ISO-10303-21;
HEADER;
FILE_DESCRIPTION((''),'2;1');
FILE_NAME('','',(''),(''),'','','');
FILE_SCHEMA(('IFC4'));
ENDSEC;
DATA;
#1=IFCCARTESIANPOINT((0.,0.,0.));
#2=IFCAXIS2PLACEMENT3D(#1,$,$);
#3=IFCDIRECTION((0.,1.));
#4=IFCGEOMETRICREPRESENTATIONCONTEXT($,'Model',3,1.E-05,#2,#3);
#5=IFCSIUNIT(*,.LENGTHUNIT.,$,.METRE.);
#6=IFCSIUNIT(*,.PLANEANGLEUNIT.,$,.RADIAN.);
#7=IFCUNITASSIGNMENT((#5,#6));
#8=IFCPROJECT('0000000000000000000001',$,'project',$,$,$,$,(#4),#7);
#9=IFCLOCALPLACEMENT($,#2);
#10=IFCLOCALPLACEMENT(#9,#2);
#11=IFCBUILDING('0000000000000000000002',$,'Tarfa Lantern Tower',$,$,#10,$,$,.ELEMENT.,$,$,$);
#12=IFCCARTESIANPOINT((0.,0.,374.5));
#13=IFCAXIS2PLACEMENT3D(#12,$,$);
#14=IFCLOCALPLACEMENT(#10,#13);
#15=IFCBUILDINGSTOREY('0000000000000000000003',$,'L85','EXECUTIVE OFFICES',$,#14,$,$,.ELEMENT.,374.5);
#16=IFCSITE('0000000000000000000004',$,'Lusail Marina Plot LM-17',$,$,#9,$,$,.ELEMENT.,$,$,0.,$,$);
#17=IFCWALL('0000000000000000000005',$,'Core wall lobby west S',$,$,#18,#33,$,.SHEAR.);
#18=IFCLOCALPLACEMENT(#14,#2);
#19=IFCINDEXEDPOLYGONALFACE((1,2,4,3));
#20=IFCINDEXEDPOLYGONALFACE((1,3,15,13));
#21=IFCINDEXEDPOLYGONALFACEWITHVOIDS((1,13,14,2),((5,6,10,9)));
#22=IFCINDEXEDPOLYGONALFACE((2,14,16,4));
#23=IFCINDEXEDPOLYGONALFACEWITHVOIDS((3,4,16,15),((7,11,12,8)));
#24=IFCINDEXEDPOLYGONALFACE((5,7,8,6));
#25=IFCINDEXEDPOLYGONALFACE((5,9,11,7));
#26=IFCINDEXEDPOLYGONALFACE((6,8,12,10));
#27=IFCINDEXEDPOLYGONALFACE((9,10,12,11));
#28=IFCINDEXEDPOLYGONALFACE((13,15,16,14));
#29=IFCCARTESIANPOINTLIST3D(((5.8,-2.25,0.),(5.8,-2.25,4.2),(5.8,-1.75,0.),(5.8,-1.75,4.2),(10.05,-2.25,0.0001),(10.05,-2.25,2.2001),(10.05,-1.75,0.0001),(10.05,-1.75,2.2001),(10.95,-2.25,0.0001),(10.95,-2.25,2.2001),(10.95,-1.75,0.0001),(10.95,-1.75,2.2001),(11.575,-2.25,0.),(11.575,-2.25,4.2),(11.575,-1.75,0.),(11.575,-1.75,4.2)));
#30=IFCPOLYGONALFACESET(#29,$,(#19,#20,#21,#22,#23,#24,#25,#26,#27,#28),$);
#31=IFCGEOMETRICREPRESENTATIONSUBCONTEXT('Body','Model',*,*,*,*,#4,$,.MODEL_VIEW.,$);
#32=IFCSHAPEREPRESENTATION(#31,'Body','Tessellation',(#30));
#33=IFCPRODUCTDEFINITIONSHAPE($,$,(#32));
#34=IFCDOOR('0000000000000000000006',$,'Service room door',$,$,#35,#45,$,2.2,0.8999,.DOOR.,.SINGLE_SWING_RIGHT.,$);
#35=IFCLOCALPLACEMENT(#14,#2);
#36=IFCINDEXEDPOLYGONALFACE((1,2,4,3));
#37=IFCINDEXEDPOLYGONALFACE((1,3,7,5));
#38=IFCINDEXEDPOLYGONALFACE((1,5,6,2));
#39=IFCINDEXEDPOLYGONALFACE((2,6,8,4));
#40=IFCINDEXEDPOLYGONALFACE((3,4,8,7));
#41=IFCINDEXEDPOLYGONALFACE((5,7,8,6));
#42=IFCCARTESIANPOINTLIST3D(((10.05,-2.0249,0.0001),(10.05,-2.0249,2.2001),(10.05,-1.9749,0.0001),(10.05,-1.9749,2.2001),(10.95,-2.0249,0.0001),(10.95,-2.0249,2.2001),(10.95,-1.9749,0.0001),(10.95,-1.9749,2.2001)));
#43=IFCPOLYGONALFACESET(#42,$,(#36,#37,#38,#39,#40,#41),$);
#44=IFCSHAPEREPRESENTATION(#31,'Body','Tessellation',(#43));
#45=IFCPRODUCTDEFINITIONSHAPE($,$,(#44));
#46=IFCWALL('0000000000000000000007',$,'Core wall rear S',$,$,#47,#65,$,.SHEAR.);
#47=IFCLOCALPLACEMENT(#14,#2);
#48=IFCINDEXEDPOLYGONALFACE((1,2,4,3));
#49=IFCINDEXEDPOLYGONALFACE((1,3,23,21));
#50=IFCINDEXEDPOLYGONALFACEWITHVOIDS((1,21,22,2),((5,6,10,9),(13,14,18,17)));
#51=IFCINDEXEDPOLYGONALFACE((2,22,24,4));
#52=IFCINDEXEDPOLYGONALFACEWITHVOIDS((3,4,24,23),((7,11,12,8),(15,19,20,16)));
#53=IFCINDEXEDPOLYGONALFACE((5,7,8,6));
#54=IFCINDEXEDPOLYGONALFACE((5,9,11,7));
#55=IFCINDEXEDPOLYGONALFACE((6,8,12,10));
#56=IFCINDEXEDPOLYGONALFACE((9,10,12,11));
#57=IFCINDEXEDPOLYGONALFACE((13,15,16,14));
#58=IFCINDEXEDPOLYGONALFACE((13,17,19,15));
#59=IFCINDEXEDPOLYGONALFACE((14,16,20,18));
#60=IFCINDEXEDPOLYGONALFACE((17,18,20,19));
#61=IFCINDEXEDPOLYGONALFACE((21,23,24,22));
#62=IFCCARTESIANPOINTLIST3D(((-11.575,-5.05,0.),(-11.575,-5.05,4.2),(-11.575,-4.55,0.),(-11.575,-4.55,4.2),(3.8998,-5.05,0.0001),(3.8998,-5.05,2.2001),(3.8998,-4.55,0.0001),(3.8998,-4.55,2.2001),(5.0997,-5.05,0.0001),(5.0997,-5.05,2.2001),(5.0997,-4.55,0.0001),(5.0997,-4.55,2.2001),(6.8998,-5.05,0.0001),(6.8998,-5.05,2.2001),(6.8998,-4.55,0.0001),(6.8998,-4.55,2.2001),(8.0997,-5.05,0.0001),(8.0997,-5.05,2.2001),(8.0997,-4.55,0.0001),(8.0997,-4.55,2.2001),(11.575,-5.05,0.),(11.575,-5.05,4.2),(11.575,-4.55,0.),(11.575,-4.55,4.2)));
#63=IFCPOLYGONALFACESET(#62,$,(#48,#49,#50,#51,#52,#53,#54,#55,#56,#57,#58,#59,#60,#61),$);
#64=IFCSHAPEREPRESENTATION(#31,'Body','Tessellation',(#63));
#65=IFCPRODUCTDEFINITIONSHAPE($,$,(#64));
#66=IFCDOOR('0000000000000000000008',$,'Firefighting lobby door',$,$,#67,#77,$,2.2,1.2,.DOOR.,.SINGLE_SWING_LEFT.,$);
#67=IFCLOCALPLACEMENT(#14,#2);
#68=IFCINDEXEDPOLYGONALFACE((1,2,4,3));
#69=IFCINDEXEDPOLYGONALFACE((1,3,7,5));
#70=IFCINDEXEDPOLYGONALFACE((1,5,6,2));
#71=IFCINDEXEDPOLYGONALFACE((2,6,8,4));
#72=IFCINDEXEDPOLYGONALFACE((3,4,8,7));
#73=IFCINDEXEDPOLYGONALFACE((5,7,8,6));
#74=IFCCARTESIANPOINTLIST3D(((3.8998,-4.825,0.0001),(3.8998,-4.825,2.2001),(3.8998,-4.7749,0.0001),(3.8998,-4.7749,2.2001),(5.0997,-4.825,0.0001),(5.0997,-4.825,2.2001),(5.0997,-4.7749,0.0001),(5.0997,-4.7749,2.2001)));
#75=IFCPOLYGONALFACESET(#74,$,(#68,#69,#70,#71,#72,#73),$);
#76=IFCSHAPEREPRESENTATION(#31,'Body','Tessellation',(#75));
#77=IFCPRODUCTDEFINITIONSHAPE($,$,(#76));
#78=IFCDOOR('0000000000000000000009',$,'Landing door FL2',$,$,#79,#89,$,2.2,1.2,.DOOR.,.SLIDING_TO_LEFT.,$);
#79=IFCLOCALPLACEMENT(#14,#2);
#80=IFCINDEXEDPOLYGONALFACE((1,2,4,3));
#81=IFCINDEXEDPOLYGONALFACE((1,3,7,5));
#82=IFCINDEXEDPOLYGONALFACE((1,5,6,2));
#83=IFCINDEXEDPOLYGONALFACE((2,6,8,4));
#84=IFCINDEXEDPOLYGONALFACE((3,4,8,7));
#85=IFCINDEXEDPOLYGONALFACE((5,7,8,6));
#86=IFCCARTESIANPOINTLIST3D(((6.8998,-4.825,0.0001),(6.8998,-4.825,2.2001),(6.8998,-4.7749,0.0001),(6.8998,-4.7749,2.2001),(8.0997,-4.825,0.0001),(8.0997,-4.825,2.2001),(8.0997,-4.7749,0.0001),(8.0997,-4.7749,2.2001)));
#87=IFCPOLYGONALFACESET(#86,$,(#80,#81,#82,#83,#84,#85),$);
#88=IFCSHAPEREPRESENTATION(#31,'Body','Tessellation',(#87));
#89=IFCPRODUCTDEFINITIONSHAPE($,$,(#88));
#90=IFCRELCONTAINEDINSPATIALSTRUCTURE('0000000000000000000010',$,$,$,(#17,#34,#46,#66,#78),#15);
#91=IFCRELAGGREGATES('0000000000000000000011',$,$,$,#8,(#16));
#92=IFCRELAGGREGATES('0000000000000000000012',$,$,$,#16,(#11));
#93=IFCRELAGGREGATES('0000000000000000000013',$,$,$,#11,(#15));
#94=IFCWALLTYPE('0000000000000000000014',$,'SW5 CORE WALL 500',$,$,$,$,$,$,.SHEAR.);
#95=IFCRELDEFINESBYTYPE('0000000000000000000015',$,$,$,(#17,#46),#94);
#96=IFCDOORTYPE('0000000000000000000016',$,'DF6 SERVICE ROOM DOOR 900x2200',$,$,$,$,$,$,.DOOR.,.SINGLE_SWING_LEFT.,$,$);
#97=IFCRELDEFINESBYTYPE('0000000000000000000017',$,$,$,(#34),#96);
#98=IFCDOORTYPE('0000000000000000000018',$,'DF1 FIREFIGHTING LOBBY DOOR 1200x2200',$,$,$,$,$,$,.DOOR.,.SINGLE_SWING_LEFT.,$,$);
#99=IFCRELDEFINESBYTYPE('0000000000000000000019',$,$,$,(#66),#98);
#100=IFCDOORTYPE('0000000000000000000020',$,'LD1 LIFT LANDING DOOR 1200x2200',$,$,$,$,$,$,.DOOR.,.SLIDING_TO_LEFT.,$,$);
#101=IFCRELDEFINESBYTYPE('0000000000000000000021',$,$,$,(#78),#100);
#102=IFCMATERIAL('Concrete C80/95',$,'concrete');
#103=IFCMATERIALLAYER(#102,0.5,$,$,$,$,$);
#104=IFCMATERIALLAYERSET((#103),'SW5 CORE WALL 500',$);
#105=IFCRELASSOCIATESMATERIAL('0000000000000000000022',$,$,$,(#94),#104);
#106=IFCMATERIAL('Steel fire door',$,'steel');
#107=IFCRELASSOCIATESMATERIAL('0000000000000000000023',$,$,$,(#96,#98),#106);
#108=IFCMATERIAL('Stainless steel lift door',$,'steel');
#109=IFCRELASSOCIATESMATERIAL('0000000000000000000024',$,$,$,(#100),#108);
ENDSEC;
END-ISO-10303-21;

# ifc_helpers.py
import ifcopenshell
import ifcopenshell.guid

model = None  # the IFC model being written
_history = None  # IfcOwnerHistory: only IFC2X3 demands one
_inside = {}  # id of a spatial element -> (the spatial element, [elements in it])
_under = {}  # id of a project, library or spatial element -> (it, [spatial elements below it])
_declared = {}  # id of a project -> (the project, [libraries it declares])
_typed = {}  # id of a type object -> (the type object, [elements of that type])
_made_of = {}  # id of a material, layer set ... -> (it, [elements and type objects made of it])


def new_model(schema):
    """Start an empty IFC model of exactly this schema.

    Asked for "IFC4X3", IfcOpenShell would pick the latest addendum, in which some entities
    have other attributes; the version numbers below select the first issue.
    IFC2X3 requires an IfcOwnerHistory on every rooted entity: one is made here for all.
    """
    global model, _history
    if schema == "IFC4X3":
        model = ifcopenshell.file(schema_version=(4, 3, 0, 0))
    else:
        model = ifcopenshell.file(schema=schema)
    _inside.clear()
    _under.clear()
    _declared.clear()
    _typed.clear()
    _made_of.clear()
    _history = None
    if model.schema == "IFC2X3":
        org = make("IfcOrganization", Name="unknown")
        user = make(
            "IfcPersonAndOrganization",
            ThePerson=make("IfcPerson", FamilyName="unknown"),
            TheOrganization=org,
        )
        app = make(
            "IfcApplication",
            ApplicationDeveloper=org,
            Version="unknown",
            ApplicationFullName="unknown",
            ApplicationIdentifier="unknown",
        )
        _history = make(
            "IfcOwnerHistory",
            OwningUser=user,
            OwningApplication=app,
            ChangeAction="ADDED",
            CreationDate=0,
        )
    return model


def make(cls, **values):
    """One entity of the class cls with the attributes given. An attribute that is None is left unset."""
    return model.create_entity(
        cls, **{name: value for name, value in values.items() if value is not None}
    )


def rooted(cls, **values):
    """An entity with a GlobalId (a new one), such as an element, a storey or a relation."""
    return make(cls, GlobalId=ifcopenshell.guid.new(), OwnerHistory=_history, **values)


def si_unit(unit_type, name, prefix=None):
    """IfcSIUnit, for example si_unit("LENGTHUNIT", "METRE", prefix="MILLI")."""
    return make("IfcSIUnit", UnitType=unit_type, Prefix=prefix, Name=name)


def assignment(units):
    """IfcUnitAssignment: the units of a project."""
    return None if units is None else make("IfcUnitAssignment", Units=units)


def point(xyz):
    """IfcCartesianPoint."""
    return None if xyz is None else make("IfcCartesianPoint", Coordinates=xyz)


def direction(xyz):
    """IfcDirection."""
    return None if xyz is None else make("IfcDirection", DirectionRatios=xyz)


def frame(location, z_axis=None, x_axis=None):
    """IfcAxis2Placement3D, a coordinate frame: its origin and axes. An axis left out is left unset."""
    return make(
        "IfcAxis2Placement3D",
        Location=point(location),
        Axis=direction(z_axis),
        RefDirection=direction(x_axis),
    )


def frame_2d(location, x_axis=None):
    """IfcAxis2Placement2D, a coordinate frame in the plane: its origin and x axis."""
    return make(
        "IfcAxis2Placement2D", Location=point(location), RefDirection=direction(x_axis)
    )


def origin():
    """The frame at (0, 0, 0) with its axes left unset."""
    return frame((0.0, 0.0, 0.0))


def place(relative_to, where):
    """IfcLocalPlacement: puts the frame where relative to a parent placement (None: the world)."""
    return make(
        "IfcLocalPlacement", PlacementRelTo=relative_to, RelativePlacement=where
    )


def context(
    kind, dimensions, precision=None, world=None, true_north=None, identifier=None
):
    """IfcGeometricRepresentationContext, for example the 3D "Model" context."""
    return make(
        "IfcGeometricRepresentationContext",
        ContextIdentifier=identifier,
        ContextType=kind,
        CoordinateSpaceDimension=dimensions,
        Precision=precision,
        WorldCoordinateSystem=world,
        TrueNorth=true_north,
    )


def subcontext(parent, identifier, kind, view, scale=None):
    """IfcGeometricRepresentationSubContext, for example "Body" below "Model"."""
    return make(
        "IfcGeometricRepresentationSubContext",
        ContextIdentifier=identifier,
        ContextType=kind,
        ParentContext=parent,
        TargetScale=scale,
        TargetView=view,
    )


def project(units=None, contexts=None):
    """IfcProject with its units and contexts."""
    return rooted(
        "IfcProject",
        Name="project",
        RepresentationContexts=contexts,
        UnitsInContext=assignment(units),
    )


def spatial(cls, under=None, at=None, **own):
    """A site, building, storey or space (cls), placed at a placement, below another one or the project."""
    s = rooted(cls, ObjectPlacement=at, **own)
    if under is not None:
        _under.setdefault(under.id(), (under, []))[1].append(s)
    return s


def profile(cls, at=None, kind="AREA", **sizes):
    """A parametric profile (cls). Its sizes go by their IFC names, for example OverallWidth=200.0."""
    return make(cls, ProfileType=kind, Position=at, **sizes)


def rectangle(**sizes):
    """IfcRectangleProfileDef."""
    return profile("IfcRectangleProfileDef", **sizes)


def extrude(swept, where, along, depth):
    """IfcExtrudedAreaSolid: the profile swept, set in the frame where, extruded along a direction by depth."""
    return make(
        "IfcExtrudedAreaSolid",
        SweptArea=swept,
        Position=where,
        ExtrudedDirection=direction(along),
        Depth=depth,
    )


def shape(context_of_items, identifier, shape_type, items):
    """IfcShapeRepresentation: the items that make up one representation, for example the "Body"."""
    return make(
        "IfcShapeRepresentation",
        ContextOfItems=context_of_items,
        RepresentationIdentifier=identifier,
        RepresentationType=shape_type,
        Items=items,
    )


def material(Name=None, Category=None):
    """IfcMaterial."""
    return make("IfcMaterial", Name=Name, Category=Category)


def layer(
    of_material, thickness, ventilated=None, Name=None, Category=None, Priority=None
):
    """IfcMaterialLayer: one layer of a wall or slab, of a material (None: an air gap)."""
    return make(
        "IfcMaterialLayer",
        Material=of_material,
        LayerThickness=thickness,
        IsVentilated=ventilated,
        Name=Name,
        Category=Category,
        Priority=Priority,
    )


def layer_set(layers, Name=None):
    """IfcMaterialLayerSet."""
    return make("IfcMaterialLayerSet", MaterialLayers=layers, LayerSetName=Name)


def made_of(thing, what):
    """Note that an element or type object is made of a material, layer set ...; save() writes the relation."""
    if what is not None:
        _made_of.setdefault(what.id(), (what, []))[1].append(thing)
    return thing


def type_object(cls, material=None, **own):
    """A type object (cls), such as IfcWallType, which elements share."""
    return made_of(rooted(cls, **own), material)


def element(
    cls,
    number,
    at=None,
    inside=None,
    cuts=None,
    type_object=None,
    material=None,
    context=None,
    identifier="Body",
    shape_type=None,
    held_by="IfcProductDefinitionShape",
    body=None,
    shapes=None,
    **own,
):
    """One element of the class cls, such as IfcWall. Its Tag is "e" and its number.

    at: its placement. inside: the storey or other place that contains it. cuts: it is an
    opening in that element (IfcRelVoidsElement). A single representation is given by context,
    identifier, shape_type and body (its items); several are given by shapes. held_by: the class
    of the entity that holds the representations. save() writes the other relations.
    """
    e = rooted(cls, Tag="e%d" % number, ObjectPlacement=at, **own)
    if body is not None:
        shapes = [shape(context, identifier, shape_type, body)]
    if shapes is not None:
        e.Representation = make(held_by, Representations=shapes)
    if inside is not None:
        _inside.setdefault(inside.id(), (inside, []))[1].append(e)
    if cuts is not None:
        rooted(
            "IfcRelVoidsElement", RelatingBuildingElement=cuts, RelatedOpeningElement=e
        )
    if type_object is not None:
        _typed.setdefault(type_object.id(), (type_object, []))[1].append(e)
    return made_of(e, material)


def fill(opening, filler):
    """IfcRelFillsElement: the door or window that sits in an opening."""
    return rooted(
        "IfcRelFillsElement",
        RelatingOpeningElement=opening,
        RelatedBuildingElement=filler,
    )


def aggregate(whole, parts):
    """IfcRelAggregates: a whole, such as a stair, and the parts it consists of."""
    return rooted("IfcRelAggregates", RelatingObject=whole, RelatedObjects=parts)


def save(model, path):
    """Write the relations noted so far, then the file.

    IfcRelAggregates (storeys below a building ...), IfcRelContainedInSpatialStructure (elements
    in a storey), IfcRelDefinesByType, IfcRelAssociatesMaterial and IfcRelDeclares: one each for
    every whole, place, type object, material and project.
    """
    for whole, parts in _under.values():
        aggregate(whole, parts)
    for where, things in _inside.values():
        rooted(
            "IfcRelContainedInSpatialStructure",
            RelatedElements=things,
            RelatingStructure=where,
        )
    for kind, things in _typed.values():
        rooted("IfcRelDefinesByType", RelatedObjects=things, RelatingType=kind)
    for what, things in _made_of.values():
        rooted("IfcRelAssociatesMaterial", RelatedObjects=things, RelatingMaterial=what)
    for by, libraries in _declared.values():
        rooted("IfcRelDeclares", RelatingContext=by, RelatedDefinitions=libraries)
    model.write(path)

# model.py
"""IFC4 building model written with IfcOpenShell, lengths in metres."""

from ifc_helpers import new_model, si_unit, direction, frame, frame_2d, origin, place, context, subcontext, project, spatial, rectangle, extrude, material, layer, layer_set, type_object, element, fill, save


model = new_model("IFC4")

# Units and contexts
model_context = context("Model", 3, precision=1e-05, world=origin(), true_north=direction((0.0, 1.0)))
body_context = subcontext(model_context, "Body", "Model", "MODEL_VIEW")
ifc_project = project(units=[si_unit("LENGTHUNIT", "METRE"), si_unit("PLANEANGLEUNIT", "RADIAN")], contexts=[model_context])

# Site, building, storey
site_placement = place(None, origin())
site = spatial("IfcSite", under=ifc_project, at=site_placement, Name="Lusail Marina Plot LM-17", CompositionType="ELEMENT", RefElevation=0.0)
building_placement = place(site_placement, origin())
building = spatial("IfcBuilding", under=site, at=building_placement, Name="Tarfa Lantern Tower", CompositionType="ELEMENT")
storey_placement = place(building_placement, frame((0.0, 0.0, 374.5)))
storey = spatial("IfcBuildingStorey", under=building, at=storey_placement, Name="L85", Description="EXECUTIVE OFFICES", CompositionType="ELEMENT", Elevation=374.5)

# Shared definitions
ifc_material_1 = material(Name="Concrete C80/95", Category="concrete")

# Wall, opening, door
ifc_material_2 = material(Name="Steel fire door", Category="steel")
ifc_layer_1 = layer(ifc_material_1, 0.5)
ifc_layer_set_1 = layer_set([ifc_layer_1], Name="SW5 CORE WALL 500")
wall_type_1 = type_object("IfcWallType", Name="SW5 CORE WALL 500", PredefinedType="SHEAR", material=ifc_layer_set_1)
wall_1_placement = place(storey_placement, frame((11.575, -2.0, 0.0), z_axis=(0.0, 0.0, 1.0), x_axis=(-1.0, 0.0, 0.0)))
wall_1 = element("IfcWall", 1, at=wall_1_placement, inside=storey, type_object=wall_type_1, Name="Core wall lobby west S", PredefinedType="SHEAR", context=body_context, shape_type="SweptSolid", body=[
    extrude(rectangle(XDim=5.7749, YDim=0.5, at=frame_2d((2.8875, 0.0))), origin(), (0.0, 0.0, 1.0), 4.2),
])
opening_1_placement = place(wall_1_placement, frame((0.625, 0.0, 0.0)))
opening_1 = element("IfcOpeningElement", 2, at=opening_1_placement, cuts=wall_1, PredefinedType="OPENING", context=body_context, shape_type="SweptSolid", body=[
    extrude(rectangle(XDim=0.8999, YDim=2.2, at=frame_2d((0.45, 1.1001))), frame((0.0, 0.26, 0.0), z_axis=(0.0, -1.0, 0.0), x_axis=(1.0, 0.0, 0.0)), (0.0, 0.0, 1.0), 0.52),
])
door_type_1 = type_object("IfcDoorType", Name="DF6 SERVICE ROOM DOOR 900x2200", OperationType="SINGLE_SWING_LEFT", PredefinedType="DOOR", material=ifc_material_2)
door_1_placement = place(opening_1_placement, origin())
door_1 = element("IfcDoor", 3, at=door_1_placement, inside=storey, type_object=door_type_1, Name="Service room door", OperationType="SINGLE_SWING_RIGHT", OverallHeight=2.2, OverallWidth=0.8999, PredefinedType="DOOR", context=body_context, shape_type="SweptSolid", body=[
    extrude(rectangle(XDim=0.8999, YDim=2.2, at=frame_2d((0.45, 1.1001))), frame((0.0, 0.0249, 0.0), z_axis=(0.0, -1.0, 0.0), x_axis=(1.0, 0.0, 0.0)), (0.0, 0.0, 1.0), 0.05),
])
fill(opening_1, door_1)

# Wall, openings, doors
wall_2_placement = place(storey_placement, frame((11.575, -4.8, 0.0), z_axis=(0.0, 0.0, 1.0), x_axis=(-1.0, 0.0, 0.0)))
wall_2 = element("IfcWall", 4, at=wall_2_placement, inside=storey, type_object=wall_type_1, Name="Core wall rear S", PredefinedType="SHEAR", context=body_context, shape_type="SweptSolid", body=[
    extrude(rectangle(XDim=23.1499, YDim=0.5, at=frame_2d((11.575, 0.0))), origin(), (0.0, 0.0, 1.0), 4.2),
])
opening_2_placement = place(wall_2_placement, frame((6.4751, 0.0, 0.0)))
opening_2 = element("IfcOpeningElement", 5, at=opening_2_placement, cuts=wall_2, PredefinedType="OPENING", context=body_context, shape_type="SweptSolid", body=[
    extrude(rectangle(XDim=1.2, YDim=2.2, at=frame_2d((0.6001, 1.1001))), frame((0.0, 0.26, 0.0), z_axis=(0.0, -1.0, 0.0), x_axis=(1.0, 0.0, 0.0)), (0.0, 0.0, 1.0), 0.52),
])
opening_3_placement = place(wall_2_placement, frame((3.4751, 0.0, 0.0)))
opening_3 = element("IfcOpeningElement", 6, at=opening_3_placement, cuts=wall_2, PredefinedType="OPENING", context=body_context, shape_type="SweptSolid", body=[
    extrude(rectangle(XDim=1.2, YDim=2.2, at=frame_2d((0.6001, 1.1001))), frame((0.0, 0.26, 0.0), z_axis=(0.0, -1.0, 0.0), x_axis=(1.0, 0.0, 0.0)), (0.0, 0.0, 1.0), 0.52),
])
door_type_2 = type_object("IfcDoorType", Name="DF1 FIREFIGHTING LOBBY DOOR 1200x2200", OperationType="SINGLE_SWING_LEFT", PredefinedType="DOOR", material=ifc_material_2)
door_2_placement = place(opening_2_placement, origin())
door_2 = element("IfcDoor", 7, at=door_2_placement, inside=storey, type_object=door_type_2, Name="Firefighting lobby door", OperationType="SINGLE_SWING_LEFT", OverallHeight=2.2, OverallWidth=1.2, PredefinedType="DOOR", context=body_context, shape_type="SweptSolid", body=[
    extrude(rectangle(XDim=1.2, YDim=2.2, at=frame_2d((0.6001, 1.1001))), frame((0.0, 0.0249, 0.0), z_axis=(0.0, -1.0, 0.0), x_axis=(1.0, 0.0, 0.0)), (0.0, 0.0, 1.0), 0.05),
])
fill(opening_2, door_2)
ifc_material_3 = material(Name="Stainless steel lift door", Category="steel")
door_type_3 = type_object("IfcDoorType", Name="LD1 LIFT LANDING DOOR 1200x2200", OperationType="SLIDING_TO_LEFT", PredefinedType="DOOR", material=ifc_material_3)
door_3_placement = place(opening_3_placement, origin())
door_3 = element("IfcDoor", 8, at=door_3_placement, inside=storey, type_object=door_type_3, Name="Landing door FL2", OperationType="SLIDING_TO_LEFT", OverallHeight=2.2, OverallWidth=1.2, PredefinedType="DOOR", context=body_context, shape_type="SweptSolid", body=[
    extrude(rectangle(XDim=1.2, YDim=2.2, at=frame_2d((0.6001, 1.1001))), frame((0.0, 0.0249, 0.0), z_axis=(0.0, -1.0, 0.0), x_axis=(1.0, 0.0, 0.0)), (0.0, 0.0, 1.0), 0.05),
])
fill(opening_3, door_3)

save(model, "model.ifc")
